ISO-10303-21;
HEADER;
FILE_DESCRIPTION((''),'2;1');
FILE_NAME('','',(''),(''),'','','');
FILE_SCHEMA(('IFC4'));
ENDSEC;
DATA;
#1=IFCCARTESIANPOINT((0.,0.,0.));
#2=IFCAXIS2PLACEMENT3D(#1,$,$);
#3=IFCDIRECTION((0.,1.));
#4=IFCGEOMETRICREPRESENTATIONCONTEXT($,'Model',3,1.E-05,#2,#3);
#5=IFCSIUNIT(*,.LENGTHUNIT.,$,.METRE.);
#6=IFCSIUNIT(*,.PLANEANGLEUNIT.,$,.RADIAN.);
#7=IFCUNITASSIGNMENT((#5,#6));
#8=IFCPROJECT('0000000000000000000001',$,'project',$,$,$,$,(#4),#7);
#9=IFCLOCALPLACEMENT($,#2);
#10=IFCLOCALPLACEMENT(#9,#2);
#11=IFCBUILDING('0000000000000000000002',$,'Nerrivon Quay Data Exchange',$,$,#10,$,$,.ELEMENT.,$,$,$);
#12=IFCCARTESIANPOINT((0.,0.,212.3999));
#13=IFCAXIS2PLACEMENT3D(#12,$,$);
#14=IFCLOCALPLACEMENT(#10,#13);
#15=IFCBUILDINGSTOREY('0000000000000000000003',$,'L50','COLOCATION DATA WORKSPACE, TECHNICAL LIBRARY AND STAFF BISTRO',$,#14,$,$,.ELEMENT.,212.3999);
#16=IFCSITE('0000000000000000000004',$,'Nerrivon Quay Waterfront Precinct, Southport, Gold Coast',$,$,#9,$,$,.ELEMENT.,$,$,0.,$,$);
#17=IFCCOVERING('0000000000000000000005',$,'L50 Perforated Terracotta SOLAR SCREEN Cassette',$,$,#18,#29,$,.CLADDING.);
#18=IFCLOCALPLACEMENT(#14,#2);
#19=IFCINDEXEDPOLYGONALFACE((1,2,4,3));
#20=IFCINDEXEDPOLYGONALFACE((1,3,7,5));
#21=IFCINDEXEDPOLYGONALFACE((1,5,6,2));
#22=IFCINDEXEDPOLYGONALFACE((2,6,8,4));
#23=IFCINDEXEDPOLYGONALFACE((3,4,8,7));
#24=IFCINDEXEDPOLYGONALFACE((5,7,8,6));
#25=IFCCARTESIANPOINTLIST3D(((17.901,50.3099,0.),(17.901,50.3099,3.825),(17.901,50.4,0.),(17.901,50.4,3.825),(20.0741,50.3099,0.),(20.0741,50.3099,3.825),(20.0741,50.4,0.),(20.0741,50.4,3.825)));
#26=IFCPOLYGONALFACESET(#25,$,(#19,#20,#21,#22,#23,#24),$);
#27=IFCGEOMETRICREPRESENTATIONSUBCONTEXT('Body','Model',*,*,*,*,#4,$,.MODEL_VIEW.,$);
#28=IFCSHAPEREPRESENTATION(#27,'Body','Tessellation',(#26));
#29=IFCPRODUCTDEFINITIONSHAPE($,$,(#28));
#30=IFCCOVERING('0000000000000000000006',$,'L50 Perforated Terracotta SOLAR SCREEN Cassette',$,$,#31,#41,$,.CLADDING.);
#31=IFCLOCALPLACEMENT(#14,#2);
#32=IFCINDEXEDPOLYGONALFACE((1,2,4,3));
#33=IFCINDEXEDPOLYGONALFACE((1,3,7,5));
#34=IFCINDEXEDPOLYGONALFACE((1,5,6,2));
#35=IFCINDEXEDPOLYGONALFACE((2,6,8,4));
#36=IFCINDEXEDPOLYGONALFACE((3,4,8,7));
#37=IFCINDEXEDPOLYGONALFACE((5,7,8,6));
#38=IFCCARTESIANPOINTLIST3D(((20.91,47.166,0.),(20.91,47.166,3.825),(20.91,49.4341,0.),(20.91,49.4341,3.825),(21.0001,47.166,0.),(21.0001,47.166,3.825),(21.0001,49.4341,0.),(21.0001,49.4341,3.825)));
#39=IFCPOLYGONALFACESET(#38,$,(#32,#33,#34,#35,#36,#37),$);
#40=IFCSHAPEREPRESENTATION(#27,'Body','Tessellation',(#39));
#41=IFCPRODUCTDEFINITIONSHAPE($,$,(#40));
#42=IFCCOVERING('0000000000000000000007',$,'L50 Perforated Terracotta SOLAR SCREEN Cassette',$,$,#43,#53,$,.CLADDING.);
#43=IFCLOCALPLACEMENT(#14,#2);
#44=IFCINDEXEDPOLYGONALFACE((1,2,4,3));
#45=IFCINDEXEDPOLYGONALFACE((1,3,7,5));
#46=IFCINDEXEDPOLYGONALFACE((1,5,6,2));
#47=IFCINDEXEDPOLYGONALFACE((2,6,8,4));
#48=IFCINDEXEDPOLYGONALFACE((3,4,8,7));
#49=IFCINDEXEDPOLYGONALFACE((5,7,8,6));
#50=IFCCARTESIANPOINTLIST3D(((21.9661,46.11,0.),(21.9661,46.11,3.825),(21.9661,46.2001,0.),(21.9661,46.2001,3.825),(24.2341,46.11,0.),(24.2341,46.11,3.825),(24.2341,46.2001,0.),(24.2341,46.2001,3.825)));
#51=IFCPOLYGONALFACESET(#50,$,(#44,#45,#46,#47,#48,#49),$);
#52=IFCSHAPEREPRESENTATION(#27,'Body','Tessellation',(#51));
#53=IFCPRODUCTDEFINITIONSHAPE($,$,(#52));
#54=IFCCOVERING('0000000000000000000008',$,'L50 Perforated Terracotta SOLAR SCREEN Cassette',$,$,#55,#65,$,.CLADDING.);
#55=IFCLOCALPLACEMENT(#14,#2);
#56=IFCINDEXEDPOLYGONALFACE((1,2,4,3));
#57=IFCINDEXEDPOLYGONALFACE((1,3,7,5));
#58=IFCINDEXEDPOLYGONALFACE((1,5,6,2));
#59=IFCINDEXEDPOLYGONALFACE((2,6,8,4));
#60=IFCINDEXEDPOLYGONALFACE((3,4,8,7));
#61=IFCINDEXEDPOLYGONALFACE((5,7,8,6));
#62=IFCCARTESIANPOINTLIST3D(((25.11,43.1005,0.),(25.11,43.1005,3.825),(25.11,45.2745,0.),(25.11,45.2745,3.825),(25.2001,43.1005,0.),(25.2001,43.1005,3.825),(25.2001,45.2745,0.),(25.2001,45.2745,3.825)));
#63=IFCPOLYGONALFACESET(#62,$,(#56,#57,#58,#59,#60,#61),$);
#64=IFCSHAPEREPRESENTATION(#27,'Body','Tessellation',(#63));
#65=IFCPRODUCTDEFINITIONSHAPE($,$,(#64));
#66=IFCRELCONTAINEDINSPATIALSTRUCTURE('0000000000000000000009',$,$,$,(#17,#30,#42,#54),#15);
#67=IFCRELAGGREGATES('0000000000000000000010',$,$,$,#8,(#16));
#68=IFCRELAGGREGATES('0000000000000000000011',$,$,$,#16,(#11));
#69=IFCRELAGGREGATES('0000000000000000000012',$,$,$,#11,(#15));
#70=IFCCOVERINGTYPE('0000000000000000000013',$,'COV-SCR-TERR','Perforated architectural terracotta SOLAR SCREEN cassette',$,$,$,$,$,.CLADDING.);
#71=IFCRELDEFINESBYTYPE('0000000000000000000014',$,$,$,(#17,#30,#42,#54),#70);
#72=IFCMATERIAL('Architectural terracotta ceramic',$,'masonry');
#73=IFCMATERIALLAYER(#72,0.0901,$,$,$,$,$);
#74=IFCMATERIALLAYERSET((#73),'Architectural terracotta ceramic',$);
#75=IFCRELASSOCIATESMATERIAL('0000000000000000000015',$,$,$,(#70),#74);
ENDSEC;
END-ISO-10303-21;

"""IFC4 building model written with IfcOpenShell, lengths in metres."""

from ifc_helpers import new_model, si_unit, direction, frame, origin, origin_2d, place, context, subcontext, project, spatial, rectangle, extrude, material, layer, layer_set, type_object, element, save


model = new_model("IFC4")

# Units and contexts
model_context = context("Model", 3, precision=1e-05, world=origin(), true_north=direction((0.0, 1.0)))
body_context = subcontext(model_context, "Body", "Model", "MODEL_VIEW")
ifc_project = project(units=[si_unit("LENGTHUNIT", "METRE"), si_unit("PLANEANGLEUNIT", "RADIAN")], contexts=[model_context])

# Site, building, storey
site_placement = place(None, origin())
site = spatial("IfcSite", under=ifc_project, at=site_placement, Name="Nerrivon Quay Waterfront Precinct, Southport, Gold Coast", CompositionType="ELEMENT", RefElevation=0.0)
building_placement = place(site_placement, origin())
building = spatial("IfcBuilding", under=site, at=building_placement, Name="Nerrivon Quay Data Exchange", CompositionType="ELEMENT")
storey_placement = place(building_placement, frame((0.0, 0.0, 212.3999)))
storey = spatial("IfcBuildingStorey", under=building, at=storey_placement, Name="L50", Description="COLOCATION DATA WORKSPACE, TECHNICAL LIBRARY AND STAFF BISTRO", CompositionType="ELEMENT", Elevation=212.3999)

# Coverings
ifc_material_1 = material(Name="Architectural terracotta ceramic", Category="masonry")
ifc_layer_1 = layer(ifc_material_1, 0.0901)
ifc_layer_set_1 = layer_set([ifc_layer_1], Name="Architectural terracotta ceramic")
covering_type = type_object("IfcCoveringType", Name="COV-SCR-TERR", Description="Perforated architectural terracotta SOLAR SCREEN cassette", PredefinedType="CLADDING", material=ifc_layer_set_1)
covering_1_placement = place(storey_placement, frame((18.9875, 50.355, 0.0), z_axis=(0.0, 0.0, 1.0), x_axis=(1.0, 0.0, 0.0)))
element("IfcCovering", 1, at=covering_1_placement, inside=storey, type_object=covering_type, Name="L50 Perforated Terracotta SOLAR SCREEN Cassette", PredefinedType="CLADDING", context=body_context, shape_type="SweptSolid", body=[
    extrude(rectangle(XDim=2.1731, YDim=0.0901, at=origin_2d()), origin(), (0.0, 0.0, 1.0), 3.825),
])
for number, where, z_axis, x_axis, name in (
    (2, (20.9551, 48.3, 0.0), (0.0, 0.0, 1.0), (0.0, -1.0, 0.0), "L50 Perforated Terracotta SOLAR SCREEN Cassette"),
    (3, (23.1001, 46.155, 0.0), (0.0, 0.0, 1.0), (1.0, 0.0, 0.0), "L50 Perforated Terracotta SOLAR SCREEN Cassette"),
):
    element("IfcCovering", number, at=place(storey_placement, frame(where, z_axis=z_axis, x_axis=x_axis)), inside=storey, type_object=covering_type, Name=name, PredefinedType="CLADDING", context=body_context, shape_type="SweptSolid", body=[
        extrude(rectangle(XDim=2.2681, YDim=0.0901, at=origin_2d()), origin(), (0.0, 0.0, 1.0), 3.825),
    ])
covering_2_placement = place(storey_placement, frame((25.155, 44.1875, 0.0), z_axis=(0.0, 0.0, 1.0), x_axis=(0.0, -1.0, 0.0)))
element("IfcCovering", 4, at=covering_2_placement, inside=storey, type_object=covering_type, Name="L50 Perforated Terracotta SOLAR SCREEN Cassette", PredefinedType="CLADDING", context=body_context, shape_type="SweptSolid", body=[
    extrude(rectangle(XDim=2.1741, YDim=0.0901, at=origin_2d()), origin(), (0.0, 0.0, 1.0), 3.825),
])

save(model, "model.ifc")
